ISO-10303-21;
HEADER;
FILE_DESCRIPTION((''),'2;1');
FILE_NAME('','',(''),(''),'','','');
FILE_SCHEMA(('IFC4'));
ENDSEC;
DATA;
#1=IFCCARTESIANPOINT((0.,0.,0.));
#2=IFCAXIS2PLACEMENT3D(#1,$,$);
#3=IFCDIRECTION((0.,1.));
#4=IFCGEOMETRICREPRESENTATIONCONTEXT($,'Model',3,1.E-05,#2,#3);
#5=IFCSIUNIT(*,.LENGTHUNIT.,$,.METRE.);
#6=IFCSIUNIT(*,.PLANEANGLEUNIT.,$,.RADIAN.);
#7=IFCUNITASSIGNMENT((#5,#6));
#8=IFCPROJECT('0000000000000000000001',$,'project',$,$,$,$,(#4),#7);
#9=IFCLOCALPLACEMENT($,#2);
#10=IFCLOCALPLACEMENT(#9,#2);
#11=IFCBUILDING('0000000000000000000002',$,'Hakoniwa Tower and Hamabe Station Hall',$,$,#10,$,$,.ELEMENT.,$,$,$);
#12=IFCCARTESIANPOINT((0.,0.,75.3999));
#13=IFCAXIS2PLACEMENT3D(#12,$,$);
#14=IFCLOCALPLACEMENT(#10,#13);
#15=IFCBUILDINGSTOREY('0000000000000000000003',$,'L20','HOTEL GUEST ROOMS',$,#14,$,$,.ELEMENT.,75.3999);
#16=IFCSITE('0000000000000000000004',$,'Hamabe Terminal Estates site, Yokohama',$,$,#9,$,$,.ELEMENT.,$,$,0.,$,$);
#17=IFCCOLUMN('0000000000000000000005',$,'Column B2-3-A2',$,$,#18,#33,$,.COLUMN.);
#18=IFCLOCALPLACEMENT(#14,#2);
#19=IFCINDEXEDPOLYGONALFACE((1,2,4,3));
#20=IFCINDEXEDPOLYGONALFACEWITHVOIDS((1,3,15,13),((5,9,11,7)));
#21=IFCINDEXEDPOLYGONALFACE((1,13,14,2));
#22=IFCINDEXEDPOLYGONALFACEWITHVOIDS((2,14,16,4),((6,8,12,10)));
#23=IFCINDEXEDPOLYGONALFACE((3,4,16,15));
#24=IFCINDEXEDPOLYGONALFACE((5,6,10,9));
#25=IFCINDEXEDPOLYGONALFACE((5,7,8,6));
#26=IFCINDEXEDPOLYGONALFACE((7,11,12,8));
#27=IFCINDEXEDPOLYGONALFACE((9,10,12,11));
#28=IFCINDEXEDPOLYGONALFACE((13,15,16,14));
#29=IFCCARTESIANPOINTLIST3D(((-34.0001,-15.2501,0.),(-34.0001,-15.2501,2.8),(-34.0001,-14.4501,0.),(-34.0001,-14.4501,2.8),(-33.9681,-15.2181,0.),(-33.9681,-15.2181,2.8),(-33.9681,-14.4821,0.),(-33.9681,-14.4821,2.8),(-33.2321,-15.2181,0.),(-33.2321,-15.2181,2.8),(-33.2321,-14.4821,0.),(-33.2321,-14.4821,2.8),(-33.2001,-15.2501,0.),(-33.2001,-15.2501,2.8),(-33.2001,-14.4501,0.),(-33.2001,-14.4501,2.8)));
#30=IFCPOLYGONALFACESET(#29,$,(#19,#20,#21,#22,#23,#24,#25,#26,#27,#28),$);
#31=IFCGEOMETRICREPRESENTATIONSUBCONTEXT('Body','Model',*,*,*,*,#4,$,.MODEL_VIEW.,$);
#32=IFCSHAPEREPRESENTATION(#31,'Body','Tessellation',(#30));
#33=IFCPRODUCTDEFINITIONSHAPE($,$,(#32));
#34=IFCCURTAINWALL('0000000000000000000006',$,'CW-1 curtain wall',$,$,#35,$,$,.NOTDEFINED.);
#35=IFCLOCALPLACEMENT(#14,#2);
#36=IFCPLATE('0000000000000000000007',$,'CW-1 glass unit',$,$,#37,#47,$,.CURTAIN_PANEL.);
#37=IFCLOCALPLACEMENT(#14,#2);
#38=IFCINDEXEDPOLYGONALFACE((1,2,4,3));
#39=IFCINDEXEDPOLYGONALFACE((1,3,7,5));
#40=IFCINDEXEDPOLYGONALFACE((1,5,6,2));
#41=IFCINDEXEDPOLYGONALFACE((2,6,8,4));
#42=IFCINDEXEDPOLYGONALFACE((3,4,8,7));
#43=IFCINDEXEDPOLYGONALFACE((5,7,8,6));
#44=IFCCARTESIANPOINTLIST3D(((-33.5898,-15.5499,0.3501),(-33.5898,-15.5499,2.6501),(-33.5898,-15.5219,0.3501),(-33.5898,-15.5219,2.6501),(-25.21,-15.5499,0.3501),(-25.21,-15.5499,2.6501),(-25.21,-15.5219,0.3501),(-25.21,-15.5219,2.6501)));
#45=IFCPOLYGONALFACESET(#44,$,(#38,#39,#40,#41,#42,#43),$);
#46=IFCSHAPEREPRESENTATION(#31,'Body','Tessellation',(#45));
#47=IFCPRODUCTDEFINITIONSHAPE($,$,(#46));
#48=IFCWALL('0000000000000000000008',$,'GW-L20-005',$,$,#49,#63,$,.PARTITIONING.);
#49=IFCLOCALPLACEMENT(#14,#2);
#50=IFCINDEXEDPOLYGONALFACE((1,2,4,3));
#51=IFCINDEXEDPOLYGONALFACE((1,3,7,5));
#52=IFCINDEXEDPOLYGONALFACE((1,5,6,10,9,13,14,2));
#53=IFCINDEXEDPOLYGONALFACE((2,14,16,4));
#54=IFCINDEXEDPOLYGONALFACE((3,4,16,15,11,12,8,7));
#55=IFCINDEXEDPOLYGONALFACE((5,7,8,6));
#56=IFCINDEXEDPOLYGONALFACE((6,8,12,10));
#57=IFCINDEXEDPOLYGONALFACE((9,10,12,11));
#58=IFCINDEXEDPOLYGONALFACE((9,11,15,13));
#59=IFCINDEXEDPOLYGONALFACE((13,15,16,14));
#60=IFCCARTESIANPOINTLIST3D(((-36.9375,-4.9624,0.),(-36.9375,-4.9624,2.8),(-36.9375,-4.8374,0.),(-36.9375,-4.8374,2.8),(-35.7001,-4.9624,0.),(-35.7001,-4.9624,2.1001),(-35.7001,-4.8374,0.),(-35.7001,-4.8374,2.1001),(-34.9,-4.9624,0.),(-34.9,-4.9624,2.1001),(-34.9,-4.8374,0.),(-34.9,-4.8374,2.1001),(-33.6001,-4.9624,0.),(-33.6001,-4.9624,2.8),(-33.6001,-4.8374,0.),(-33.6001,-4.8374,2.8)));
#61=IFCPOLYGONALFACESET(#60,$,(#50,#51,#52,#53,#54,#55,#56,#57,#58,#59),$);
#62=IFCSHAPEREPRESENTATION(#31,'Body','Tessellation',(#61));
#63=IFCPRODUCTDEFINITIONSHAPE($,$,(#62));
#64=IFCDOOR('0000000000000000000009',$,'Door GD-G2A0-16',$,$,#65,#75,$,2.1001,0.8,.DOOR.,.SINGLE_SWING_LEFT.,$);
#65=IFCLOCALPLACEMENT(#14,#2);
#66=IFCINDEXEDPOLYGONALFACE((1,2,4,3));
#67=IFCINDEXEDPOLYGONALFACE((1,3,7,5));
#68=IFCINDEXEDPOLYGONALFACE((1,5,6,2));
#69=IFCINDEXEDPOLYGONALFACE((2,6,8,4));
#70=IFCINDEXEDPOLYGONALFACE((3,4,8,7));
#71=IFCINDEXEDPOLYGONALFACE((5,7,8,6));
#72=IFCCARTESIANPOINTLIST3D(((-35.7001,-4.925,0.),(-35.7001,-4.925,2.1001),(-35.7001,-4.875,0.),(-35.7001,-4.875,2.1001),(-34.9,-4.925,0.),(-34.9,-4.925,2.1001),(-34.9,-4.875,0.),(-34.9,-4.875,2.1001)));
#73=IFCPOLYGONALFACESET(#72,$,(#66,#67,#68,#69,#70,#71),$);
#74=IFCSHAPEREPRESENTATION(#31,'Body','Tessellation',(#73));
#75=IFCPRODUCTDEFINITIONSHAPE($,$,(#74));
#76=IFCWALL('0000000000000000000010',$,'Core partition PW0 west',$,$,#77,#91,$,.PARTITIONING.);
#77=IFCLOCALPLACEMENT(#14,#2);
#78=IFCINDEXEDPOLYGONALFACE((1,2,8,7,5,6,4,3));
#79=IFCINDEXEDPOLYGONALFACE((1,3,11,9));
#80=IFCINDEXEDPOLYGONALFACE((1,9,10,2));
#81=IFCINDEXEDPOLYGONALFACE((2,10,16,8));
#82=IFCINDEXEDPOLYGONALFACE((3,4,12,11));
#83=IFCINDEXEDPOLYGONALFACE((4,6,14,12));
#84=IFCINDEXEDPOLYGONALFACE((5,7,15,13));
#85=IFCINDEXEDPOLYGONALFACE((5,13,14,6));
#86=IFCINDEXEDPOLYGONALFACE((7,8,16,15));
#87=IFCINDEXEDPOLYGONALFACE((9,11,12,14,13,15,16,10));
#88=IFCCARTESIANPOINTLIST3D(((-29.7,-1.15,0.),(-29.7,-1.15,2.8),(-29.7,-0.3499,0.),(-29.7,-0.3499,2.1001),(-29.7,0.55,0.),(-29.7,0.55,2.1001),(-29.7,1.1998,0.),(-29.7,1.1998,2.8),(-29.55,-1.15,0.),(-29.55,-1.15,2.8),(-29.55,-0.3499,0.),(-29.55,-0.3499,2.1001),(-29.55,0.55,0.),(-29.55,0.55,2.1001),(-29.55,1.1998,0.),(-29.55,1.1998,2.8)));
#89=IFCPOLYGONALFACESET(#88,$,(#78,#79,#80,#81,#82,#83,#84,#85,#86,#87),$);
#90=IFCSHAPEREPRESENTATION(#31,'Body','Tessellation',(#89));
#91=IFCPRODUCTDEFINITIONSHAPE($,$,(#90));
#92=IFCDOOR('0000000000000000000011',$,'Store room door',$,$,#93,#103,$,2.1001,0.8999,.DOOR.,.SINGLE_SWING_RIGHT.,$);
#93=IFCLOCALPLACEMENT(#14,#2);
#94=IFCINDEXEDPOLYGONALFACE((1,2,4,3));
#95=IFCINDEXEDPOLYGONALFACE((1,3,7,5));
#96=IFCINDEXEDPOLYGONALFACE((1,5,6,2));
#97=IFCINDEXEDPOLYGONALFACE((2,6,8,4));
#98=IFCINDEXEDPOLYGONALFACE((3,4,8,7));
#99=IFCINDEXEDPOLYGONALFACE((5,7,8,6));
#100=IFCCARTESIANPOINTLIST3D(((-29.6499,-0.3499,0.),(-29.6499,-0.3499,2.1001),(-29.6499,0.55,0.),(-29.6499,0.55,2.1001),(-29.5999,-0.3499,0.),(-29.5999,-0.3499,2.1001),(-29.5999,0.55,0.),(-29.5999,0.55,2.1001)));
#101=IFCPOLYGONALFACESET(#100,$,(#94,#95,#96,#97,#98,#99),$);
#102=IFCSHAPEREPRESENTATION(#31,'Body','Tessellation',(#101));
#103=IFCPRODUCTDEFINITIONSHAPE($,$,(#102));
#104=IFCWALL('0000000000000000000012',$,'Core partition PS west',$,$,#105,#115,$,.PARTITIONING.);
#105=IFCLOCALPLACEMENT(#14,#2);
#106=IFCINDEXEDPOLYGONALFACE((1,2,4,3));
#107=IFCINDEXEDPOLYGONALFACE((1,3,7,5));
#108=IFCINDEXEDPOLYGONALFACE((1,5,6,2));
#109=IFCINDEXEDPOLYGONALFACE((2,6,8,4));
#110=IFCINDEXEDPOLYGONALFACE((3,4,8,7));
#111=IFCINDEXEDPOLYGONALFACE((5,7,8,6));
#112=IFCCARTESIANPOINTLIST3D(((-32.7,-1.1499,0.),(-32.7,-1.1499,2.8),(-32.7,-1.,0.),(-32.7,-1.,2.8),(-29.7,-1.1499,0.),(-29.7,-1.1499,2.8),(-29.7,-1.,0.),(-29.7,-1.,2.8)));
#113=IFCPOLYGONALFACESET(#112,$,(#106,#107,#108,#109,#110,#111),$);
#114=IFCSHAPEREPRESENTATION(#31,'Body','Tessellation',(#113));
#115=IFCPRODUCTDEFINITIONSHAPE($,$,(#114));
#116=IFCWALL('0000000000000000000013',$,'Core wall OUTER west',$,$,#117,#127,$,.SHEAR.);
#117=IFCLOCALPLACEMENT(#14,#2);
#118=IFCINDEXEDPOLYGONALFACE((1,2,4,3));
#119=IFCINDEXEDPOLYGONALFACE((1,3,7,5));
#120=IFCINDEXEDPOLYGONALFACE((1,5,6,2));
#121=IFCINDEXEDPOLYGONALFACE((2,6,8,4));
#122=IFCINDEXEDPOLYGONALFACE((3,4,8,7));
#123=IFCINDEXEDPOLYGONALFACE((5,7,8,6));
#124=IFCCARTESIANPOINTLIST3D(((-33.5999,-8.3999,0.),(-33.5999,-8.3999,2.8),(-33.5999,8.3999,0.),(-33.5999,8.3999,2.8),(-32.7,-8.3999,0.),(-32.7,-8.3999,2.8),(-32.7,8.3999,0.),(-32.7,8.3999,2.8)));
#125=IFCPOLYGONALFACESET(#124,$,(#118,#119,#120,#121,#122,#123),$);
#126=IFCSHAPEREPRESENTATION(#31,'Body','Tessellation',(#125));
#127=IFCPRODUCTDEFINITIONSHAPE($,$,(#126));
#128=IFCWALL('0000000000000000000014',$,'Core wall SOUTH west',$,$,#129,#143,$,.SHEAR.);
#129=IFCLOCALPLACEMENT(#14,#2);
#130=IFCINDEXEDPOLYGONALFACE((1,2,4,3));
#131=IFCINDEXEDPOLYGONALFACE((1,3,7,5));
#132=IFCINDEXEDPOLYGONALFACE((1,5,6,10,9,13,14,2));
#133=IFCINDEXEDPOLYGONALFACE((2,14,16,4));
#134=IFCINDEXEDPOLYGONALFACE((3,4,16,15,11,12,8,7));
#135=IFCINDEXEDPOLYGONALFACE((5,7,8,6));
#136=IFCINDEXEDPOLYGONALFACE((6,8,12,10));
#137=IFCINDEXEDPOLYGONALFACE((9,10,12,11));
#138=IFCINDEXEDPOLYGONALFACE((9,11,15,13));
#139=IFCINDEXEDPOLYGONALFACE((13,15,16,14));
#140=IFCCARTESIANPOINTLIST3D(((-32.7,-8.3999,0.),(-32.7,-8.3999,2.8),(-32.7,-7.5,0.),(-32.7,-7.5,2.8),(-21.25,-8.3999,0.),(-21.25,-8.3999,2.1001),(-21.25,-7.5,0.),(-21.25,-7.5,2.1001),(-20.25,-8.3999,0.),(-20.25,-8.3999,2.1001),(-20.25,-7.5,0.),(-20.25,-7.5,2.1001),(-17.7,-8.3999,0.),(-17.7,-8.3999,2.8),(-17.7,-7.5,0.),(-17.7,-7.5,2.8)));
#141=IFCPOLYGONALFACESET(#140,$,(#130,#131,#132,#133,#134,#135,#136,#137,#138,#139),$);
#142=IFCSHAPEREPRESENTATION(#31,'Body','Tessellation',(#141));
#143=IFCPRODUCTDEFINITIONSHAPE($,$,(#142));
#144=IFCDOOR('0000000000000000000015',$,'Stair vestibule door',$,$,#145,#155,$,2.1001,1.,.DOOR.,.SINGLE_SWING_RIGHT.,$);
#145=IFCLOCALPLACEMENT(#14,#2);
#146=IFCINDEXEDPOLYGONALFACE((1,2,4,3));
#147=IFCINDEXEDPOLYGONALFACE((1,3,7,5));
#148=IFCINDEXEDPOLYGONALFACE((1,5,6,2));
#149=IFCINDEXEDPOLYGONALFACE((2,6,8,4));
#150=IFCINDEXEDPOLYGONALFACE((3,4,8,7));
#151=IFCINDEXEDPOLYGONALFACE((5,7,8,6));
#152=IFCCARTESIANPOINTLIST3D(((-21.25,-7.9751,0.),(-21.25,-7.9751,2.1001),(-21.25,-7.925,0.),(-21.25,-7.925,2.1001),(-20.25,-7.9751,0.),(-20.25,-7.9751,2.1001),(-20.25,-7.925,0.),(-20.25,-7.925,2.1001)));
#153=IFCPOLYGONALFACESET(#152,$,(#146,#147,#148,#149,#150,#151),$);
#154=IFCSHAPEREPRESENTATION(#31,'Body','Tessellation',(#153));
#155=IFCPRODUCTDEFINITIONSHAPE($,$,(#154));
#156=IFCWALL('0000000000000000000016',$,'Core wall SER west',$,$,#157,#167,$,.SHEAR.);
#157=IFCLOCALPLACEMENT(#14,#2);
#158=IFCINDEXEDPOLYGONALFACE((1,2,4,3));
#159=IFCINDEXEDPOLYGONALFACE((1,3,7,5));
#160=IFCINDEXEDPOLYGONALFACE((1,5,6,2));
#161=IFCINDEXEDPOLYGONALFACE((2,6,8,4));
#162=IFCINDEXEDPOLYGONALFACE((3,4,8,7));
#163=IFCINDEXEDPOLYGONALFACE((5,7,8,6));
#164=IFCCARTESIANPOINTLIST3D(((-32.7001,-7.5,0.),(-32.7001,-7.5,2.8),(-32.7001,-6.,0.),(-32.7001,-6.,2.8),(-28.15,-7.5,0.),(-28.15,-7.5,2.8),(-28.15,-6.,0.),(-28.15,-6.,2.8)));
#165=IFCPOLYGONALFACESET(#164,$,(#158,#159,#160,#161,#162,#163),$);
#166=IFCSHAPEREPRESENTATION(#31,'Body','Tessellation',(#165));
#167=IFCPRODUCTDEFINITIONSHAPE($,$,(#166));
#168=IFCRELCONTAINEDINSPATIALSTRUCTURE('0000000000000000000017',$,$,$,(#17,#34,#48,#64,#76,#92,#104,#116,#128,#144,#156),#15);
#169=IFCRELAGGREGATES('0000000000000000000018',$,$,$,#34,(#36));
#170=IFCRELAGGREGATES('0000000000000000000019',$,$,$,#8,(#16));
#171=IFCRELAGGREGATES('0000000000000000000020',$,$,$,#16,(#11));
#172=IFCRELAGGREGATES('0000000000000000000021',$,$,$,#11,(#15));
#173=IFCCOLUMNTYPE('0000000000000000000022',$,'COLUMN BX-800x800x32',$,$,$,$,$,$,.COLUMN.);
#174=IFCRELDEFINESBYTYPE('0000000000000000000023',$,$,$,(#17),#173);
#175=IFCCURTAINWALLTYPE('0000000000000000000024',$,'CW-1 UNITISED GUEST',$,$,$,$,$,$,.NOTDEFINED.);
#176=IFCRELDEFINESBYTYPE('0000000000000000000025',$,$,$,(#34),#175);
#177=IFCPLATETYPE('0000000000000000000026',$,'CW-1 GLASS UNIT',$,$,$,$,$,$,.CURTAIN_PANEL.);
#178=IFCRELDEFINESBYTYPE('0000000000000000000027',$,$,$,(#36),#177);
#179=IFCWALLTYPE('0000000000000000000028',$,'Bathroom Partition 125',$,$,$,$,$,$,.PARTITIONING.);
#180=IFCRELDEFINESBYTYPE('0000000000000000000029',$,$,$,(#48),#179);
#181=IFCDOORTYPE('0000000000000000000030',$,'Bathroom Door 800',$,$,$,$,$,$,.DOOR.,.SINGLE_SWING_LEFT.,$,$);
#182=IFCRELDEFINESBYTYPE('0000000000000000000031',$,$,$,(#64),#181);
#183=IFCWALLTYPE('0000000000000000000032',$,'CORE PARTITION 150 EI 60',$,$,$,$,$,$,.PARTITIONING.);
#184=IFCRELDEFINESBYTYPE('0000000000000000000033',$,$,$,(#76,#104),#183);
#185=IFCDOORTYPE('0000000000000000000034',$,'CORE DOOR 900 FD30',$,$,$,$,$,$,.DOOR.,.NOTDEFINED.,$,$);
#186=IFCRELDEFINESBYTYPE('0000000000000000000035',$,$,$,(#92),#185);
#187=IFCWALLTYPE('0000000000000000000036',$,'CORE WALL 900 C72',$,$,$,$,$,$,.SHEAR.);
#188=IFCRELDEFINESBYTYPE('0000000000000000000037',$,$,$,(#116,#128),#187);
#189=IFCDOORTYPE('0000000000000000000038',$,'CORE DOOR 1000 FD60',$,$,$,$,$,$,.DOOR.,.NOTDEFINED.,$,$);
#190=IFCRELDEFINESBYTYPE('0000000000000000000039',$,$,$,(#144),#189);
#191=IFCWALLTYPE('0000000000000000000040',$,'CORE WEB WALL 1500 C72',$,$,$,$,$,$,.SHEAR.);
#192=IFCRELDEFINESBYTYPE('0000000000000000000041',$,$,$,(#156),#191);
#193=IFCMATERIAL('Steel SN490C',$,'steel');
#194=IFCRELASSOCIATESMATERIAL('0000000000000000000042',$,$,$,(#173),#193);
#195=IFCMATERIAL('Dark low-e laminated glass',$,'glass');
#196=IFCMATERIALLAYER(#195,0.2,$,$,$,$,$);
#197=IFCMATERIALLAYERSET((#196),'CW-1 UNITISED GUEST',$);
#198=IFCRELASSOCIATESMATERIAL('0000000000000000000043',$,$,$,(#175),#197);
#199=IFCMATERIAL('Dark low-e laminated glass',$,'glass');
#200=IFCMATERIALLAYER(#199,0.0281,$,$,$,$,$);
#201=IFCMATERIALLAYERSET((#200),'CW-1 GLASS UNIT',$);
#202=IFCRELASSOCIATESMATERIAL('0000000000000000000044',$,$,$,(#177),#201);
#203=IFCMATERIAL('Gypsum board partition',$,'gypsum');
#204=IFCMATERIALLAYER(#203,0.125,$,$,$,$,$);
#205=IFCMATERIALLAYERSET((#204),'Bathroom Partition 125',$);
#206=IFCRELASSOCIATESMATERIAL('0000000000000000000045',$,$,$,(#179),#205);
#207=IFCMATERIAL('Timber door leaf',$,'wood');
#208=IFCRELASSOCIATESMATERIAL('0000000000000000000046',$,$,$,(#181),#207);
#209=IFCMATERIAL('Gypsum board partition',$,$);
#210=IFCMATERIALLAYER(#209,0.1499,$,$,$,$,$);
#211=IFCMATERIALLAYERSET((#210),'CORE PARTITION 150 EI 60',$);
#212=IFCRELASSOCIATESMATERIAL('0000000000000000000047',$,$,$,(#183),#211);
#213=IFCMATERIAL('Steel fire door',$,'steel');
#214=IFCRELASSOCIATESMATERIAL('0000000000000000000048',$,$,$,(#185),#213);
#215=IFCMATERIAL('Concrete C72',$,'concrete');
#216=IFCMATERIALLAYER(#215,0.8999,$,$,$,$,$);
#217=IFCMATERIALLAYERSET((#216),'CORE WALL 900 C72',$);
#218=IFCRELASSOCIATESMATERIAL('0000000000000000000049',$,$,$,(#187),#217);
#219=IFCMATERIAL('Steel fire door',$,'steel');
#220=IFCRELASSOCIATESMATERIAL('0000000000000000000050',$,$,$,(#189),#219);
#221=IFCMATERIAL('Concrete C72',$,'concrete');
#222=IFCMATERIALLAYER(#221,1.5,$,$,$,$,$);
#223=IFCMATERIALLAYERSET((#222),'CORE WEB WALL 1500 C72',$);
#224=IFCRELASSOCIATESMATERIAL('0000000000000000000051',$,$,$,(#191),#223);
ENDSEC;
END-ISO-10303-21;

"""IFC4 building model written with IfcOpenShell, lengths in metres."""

from ifc_helpers import new_model, si_unit, direction, frame, frame_2d, origin, origin_2d, place, context, subcontext, project, spatial, rectangle, hollow_rectangle, extrude, material, layer, layer_set, material_profile, profile_set, type_object, element, fill, aggregate, save


model = new_model("IFC4")

# Units and contexts
model_context = context("Model", 3, precision=1e-05, world=origin(), true_north=direction((0.0, 1.0)))
body_context = subcontext(model_context, "Body", "Model", "MODEL_VIEW")
ifc_project = project(units=[si_unit("LENGTHUNIT", "METRE"), si_unit("PLANEANGLEUNIT", "RADIAN")], contexts=[model_context])

# Site, building, storey
site_placement = place(None, origin())
site = spatial("IfcSite", under=ifc_project, at=site_placement, Name="Hamabe Terminal Estates site, Yokohama", CompositionType="ELEMENT", RefElevation=0.0)
building_placement = place(site_placement, origin())
building = spatial("IfcBuilding", under=site, at=building_placement, Name="Hakoniwa Tower and Hamabe Station Hall", CompositionType="ELEMENT")
storey_placement = place(building_placement, frame((0.0, 0.0, 75.3999)))
storey = spatial("IfcBuildingStorey", under=building, at=storey_placement, Name="L20", Description="HOTEL GUEST ROOMS", CompositionType="ELEMENT", Elevation=75.3999)

# Column
ifc_material_1 = material(Name="Steel SN490C", Category="steel")
ifc_material_profile = material_profile(ifc_material_1, hollow_rectangle(XDim=0.8, YDim=0.8, WallThickness=0.032, at=origin_2d()), Name="BX-800x800x32")
ifc_profile_set = profile_set([ifc_material_profile], Name="Steel SN490C")
column_type = type_object("IfcColumnType", Name="COLUMN BX-800x800x32", PredefinedType="COLUMN", material=ifc_profile_set)
column_placement = place(storey_placement, frame((-33.6001, -14.8501, 0.0), z_axis=(0.0, 0.0, 1.0), x_axis=(1.0, 0.0, 0.0)))
element("IfcColumn", 1, at=column_placement, inside=storey, type_object=column_type, Name="Column B2-3-A2", PredefinedType="COLUMN", context=body_context, shape_type="SweptSolid", body=[
    extrude(hollow_rectangle(XDim=0.8, YDim=0.8, WallThickness=0.032, at=origin_2d()), origin(), (0.0, 0.0, 1.0), 2.8),
])

# Curtain wall, plate
ifc_material_2 = material(Name="Dark low-e laminated glass", Category="glass")
ifc_layer_1 = layer(ifc_material_2, 0.2)
ifc_layer_set_1 = layer_set([ifc_layer_1], Name="CW-1 UNITISED GUEST")
curtain_wall_type = type_object("IfcCurtainWallType", Name="CW-1 UNITISED GUEST", PredefinedType="NOTDEFINED", material=ifc_layer_set_1)
curtain_wall_placement = place(storey_placement, origin())
curtain_wall = element("IfcCurtainWall", 2, at=curtain_wall_placement, inside=storey, type_object=curtain_wall_type, Name="CW-1 curtain wall", PredefinedType="NOTDEFINED")
ifc_material_3 = material(Name="Dark low-e laminated glass", Category="glass")
ifc_layer_2 = layer(ifc_material_3, 0.0281)
ifc_layer_set_2 = layer_set([ifc_layer_2], Name="CW-1 GLASS UNIT")
plate_type = type_object("IfcPlateType", Name="CW-1 GLASS UNIT", PredefinedType="CURTAIN_PANEL", material=ifc_layer_set_2)
plate_placement = place(storey_placement, frame((-29.3999, -15.5359, 0.3501), z_axis=(0.0, 0.0, 1.0), x_axis=(1.0, 0.0, 0.0)))
plate = element("IfcPlate", 3, at=plate_placement, type_object=plate_type, Name="CW-1 glass unit", PredefinedType="CURTAIN_PANEL", context=body_context, shape_type="SweptSolid", body=[
    extrude(rectangle(XDim=8.3799, YDim=0.0281, at=origin_2d()), origin(), (0.0, 0.0, 1.0), 2.3),
])
aggregate(curtain_wall, [plate])

# Walls, openings, doors
ifc_material_4 = material(Name="Gypsum board partition", Category="gypsum")
ifc_layer_3 = layer(ifc_material_4, 0.125)
ifc_layer_set_3 = layer_set([ifc_layer_3], Name="Bathroom Partition 125")
wall_type_1 = type_object("IfcWallType", Name="Bathroom Partition 125", PredefinedType="PARTITIONING", material=ifc_layer_set_3)
wall_1_placement = place(storey_placement, frame((-36.9375, -4.8999, 0.0), z_axis=(0.0, 0.0, 1.0), x_axis=(1.0, 0.0, 0.0)))
wall_1 = element("IfcWall", 4, at=wall_1_placement, inside=storey, type_object=wall_type_1, Name="GW-L20-005", PredefinedType="PARTITIONING", context=body_context, shape_type="SweptSolid", body=[
    extrude(rectangle(XDim=3.3374, YDim=0.125, at=frame_2d((1.6687, 0.0))), origin(), (0.0, 0.0, 1.0), 2.8),
])
opening_1_placement = place(wall_1_placement, frame((1.2375, 0.0, 0.0)))
opening_1 = element("IfcOpeningElement", 5, at=opening_1_placement, cuts=wall_1, PredefinedType="OPENING", context=body_context, shape_type="SweptSolid", body=[
    extrude(rectangle(XDim=0.8, YDim=2.1001, at=frame_2d((0.3999, 1.05))), frame((0.0, 0.0725, 0.0), z_axis=(0.0, -1.0, 0.0), x_axis=(1.0, 0.0, 0.0)), (0.0, 0.0, 1.0), 0.145),
])
ifc_material_5 = material(Name="Timber door leaf", Category="wood")
door_type_1 = type_object("IfcDoorType", Name="Bathroom Door 800", OperationType="SINGLE_SWING_LEFT", PredefinedType="DOOR", material=ifc_material_5)
door_1_placement = place(opening_1_placement, origin())
door_1 = element("IfcDoor", 6, at=door_1_placement, inside=storey, type_object=door_type_1, Name="Door GD-G2A0-16", OperationType="SINGLE_SWING_LEFT", OverallHeight=2.1001, OverallWidth=0.8, PredefinedType="DOOR", context=body_context, shape_type="SweptSolid", body=[
    extrude(rectangle(XDim=0.8, YDim=2.1001, at=frame_2d((0.3999, 1.05))), frame((0.0, 0.0249, 0.0), z_axis=(0.0, -1.0, 0.0), x_axis=(1.0, 0.0, 0.0)), (0.0, 0.0, 1.0), 0.05),
])
fill(opening_1, door_1)
ifc_material_6 = material(Name="Gypsum board partition")
ifc_layer_4 = layer(ifc_material_6, 0.1499)
ifc_layer_set_4 = layer_set([ifc_layer_4], Name="CORE PARTITION 150 EI 60")
wall_type_2 = type_object("IfcWallType", Name="CORE PARTITION 150 EI 60", PredefinedType="PARTITIONING", material=ifc_layer_set_4)
wall_2_placement = place(storey_placement, frame((-29.625, -1.1499, 0.0), z_axis=(0.0, 0.0, 1.0), x_axis=(0.0, 1.0, 0.0)))
wall_2 = element("IfcWall", 7, at=wall_2_placement, inside=storey, type_object=wall_type_2, Name="Core partition PW0 west", PredefinedType="PARTITIONING", context=body_context, shape_type="SweptSolid", body=[
    extrude(rectangle(XDim=2.3499, YDim=0.1499, at=frame_2d((1.1748, 0.0))), origin(), (0.0, 0.0, 1.0), 2.8),
])
opening_2_placement = place(wall_2_placement, frame((0.8, 0.0, 0.0)))
opening_2 = element("IfcOpeningElement", 8, at=opening_2_placement, cuts=wall_2, PredefinedType="OPENING", context=body_context, shape_type="SweptSolid", body=[
    extrude(rectangle(XDim=0.8999, YDim=2.1001, at=frame_2d((0.45, 1.05))), frame((0.0, 0.085, 0.0), z_axis=(0.0, -1.0, 0.0), x_axis=(1.0, 0.0, 0.0)), (0.0, 0.0, 1.0), 0.1699),
])
ifc_material_7 = material(Name="Steel fire door", Category="steel")
door_type_2 = type_object("IfcDoorType", Name="CORE DOOR 900 FD30", OperationType="NOTDEFINED", PredefinedType="DOOR", material=ifc_material_7)
door_2_placement = place(opening_2_placement, origin())
door_2 = element("IfcDoor", 9, at=door_2_placement, inside=storey, type_object=door_type_2, Name="Store room door", OperationType="SINGLE_SWING_RIGHT", OverallHeight=2.1001, OverallWidth=0.8999, PredefinedType="DOOR", context=body_context, shape_type="SweptSolid", body=[
    extrude(rectangle(XDim=0.8999, YDim=2.1001, at=frame_2d((0.45, 1.05))), frame((0.0, 0.0249, 0.0), z_axis=(0.0, -1.0, 0.0), x_axis=(1.0, 0.0, 0.0)), (0.0, 0.0, 1.0), 0.05),
])
fill(opening_2, door_2)

# Walls
wall_3_placement = place(storey_placement, frame((-32.7, -1.075, 0.0), z_axis=(0.0, 0.0, 1.0), x_axis=(1.0, 0.0, 0.0)))
element("IfcWall", 10, at=wall_3_placement, inside=storey, type_object=wall_type_2, Name="Core partition PS west", PredefinedType="PARTITIONING", context=body_context, shape_type="SweptSolid", body=[
    extrude(rectangle(XDim=3.0, YDim=0.1499, at=frame_2d((1.5, 0.0))), origin(), (0.0, 0.0, 1.0), 2.8),
])
ifc_material_8 = material(Name="Concrete C72", Category="concrete")
ifc_layer_5 = layer(ifc_material_8, 0.8999)
ifc_layer_set_5 = layer_set([ifc_layer_5], Name="CORE WALL 900 C72")
wall_type_3 = type_object("IfcWallType", Name="CORE WALL 900 C72", PredefinedType="SHEAR", material=ifc_layer_set_5)
wall_4_placement = place(storey_placement, frame((-33.1499, -8.3999, 0.0), z_axis=(0.0, 0.0, 1.0), x_axis=(0.0, 1.0, 0.0)))
element("IfcWall", 11, at=wall_4_placement, inside=storey, type_object=wall_type_3, Name="Core wall OUTER west", PredefinedType="SHEAR", context=body_context, shape_type="SweptSolid", body=[
    extrude(rectangle(XDim=16.7998, YDim=0.8999, at=frame_2d((8.3999, 0.0))), origin(), (0.0, 0.0, 1.0), 2.8),
])

# Wall, opening, door
wall_5_placement = place(storey_placement, frame((-32.7, -7.95, 0.0), z_axis=(0.0, 0.0, 1.0), x_axis=(1.0, 0.0, 0.0)))
wall_5 = element("IfcWall", 12, at=wall_5_placement, inside=storey, type_object=wall_type_3, Name="Core wall SOUTH west", PredefinedType="SHEAR", context=body_context, shape_type="SweptSolid", body=[
    extrude(rectangle(XDim=15.0, YDim=0.8999, at=frame_2d((7.5, 0.0))), origin(), (0.0, 0.0, 1.0), 2.8),
])
opening_3_placement = place(wall_5_placement, frame((11.45, 0.0, 0.0)))
opening_3 = element("IfcOpeningElement", 13, at=opening_3_placement, cuts=wall_5, PredefinedType="OPENING", context=body_context, shape_type="SweptSolid", body=[
    extrude(rectangle(XDim=1.0, YDim=2.1001, at=frame_2d((0.5, 1.05))), frame((0.0, 0.46, 0.0), z_axis=(0.0, -1.0, 0.0), x_axis=(1.0, 0.0, 0.0)), (0.0, 0.0, 1.0), 0.9199),
])
ifc_material_9 = material(Name="Steel fire door", Category="steel")
door_type_3 = type_object("IfcDoorType", Name="CORE DOOR 1000 FD60", OperationType="NOTDEFINED", PredefinedType="DOOR", material=ifc_material_9)
door_3_placement = place(opening_3_placement, origin())
door_3 = element("IfcDoor", 14, at=door_3_placement, inside=storey, type_object=door_type_3, Name="Stair vestibule door", OperationType="SINGLE_SWING_RIGHT", OverallHeight=2.1001, OverallWidth=1.0, PredefinedType="DOOR", context=body_context, shape_type="SweptSolid", body=[
    extrude(rectangle(XDim=1.0, YDim=2.1001, at=frame_2d((0.5, 1.05))), frame((0.0, 0.0249, 0.0), z_axis=(0.0, -1.0, 0.0), x_axis=(1.0, 0.0, 0.0)), (0.0, 0.0, 1.0), 0.05),
])
fill(opening_3, door_3)

# Wall
ifc_material_10 = material(Name="Concrete C72", Category="concrete")
ifc_layer_6 = layer(ifc_material_10, 1.5)
ifc_layer_set_6 = layer_set([ifc_layer_6], Name="CORE WEB WALL 1500 C72")
wall_type_4 = type_object("IfcWallType", Name="CORE WEB WALL 1500 C72", PredefinedType="SHEAR", material=ifc_layer_set_6)
wall_6_placement = place(storey_placement, frame((-32.7, -6.75, 0.0), z_axis=(0.0, 0.0, 1.0), x_axis=(1.0, 0.0, 0.0)))
element("IfcWall", 15, at=wall_6_placement, inside=storey, type_object=wall_type_4, Name="Core wall SER west", PredefinedType="SHEAR", context=body_context, shape_type="SweptSolid", body=[
    extrude(rectangle(XDim=4.55, YDim=1.5, at=frame_2d((2.2749, 0.0))), origin(), (0.0, 0.0, 1.0), 2.8),
])

save(model, "model.ifc")
